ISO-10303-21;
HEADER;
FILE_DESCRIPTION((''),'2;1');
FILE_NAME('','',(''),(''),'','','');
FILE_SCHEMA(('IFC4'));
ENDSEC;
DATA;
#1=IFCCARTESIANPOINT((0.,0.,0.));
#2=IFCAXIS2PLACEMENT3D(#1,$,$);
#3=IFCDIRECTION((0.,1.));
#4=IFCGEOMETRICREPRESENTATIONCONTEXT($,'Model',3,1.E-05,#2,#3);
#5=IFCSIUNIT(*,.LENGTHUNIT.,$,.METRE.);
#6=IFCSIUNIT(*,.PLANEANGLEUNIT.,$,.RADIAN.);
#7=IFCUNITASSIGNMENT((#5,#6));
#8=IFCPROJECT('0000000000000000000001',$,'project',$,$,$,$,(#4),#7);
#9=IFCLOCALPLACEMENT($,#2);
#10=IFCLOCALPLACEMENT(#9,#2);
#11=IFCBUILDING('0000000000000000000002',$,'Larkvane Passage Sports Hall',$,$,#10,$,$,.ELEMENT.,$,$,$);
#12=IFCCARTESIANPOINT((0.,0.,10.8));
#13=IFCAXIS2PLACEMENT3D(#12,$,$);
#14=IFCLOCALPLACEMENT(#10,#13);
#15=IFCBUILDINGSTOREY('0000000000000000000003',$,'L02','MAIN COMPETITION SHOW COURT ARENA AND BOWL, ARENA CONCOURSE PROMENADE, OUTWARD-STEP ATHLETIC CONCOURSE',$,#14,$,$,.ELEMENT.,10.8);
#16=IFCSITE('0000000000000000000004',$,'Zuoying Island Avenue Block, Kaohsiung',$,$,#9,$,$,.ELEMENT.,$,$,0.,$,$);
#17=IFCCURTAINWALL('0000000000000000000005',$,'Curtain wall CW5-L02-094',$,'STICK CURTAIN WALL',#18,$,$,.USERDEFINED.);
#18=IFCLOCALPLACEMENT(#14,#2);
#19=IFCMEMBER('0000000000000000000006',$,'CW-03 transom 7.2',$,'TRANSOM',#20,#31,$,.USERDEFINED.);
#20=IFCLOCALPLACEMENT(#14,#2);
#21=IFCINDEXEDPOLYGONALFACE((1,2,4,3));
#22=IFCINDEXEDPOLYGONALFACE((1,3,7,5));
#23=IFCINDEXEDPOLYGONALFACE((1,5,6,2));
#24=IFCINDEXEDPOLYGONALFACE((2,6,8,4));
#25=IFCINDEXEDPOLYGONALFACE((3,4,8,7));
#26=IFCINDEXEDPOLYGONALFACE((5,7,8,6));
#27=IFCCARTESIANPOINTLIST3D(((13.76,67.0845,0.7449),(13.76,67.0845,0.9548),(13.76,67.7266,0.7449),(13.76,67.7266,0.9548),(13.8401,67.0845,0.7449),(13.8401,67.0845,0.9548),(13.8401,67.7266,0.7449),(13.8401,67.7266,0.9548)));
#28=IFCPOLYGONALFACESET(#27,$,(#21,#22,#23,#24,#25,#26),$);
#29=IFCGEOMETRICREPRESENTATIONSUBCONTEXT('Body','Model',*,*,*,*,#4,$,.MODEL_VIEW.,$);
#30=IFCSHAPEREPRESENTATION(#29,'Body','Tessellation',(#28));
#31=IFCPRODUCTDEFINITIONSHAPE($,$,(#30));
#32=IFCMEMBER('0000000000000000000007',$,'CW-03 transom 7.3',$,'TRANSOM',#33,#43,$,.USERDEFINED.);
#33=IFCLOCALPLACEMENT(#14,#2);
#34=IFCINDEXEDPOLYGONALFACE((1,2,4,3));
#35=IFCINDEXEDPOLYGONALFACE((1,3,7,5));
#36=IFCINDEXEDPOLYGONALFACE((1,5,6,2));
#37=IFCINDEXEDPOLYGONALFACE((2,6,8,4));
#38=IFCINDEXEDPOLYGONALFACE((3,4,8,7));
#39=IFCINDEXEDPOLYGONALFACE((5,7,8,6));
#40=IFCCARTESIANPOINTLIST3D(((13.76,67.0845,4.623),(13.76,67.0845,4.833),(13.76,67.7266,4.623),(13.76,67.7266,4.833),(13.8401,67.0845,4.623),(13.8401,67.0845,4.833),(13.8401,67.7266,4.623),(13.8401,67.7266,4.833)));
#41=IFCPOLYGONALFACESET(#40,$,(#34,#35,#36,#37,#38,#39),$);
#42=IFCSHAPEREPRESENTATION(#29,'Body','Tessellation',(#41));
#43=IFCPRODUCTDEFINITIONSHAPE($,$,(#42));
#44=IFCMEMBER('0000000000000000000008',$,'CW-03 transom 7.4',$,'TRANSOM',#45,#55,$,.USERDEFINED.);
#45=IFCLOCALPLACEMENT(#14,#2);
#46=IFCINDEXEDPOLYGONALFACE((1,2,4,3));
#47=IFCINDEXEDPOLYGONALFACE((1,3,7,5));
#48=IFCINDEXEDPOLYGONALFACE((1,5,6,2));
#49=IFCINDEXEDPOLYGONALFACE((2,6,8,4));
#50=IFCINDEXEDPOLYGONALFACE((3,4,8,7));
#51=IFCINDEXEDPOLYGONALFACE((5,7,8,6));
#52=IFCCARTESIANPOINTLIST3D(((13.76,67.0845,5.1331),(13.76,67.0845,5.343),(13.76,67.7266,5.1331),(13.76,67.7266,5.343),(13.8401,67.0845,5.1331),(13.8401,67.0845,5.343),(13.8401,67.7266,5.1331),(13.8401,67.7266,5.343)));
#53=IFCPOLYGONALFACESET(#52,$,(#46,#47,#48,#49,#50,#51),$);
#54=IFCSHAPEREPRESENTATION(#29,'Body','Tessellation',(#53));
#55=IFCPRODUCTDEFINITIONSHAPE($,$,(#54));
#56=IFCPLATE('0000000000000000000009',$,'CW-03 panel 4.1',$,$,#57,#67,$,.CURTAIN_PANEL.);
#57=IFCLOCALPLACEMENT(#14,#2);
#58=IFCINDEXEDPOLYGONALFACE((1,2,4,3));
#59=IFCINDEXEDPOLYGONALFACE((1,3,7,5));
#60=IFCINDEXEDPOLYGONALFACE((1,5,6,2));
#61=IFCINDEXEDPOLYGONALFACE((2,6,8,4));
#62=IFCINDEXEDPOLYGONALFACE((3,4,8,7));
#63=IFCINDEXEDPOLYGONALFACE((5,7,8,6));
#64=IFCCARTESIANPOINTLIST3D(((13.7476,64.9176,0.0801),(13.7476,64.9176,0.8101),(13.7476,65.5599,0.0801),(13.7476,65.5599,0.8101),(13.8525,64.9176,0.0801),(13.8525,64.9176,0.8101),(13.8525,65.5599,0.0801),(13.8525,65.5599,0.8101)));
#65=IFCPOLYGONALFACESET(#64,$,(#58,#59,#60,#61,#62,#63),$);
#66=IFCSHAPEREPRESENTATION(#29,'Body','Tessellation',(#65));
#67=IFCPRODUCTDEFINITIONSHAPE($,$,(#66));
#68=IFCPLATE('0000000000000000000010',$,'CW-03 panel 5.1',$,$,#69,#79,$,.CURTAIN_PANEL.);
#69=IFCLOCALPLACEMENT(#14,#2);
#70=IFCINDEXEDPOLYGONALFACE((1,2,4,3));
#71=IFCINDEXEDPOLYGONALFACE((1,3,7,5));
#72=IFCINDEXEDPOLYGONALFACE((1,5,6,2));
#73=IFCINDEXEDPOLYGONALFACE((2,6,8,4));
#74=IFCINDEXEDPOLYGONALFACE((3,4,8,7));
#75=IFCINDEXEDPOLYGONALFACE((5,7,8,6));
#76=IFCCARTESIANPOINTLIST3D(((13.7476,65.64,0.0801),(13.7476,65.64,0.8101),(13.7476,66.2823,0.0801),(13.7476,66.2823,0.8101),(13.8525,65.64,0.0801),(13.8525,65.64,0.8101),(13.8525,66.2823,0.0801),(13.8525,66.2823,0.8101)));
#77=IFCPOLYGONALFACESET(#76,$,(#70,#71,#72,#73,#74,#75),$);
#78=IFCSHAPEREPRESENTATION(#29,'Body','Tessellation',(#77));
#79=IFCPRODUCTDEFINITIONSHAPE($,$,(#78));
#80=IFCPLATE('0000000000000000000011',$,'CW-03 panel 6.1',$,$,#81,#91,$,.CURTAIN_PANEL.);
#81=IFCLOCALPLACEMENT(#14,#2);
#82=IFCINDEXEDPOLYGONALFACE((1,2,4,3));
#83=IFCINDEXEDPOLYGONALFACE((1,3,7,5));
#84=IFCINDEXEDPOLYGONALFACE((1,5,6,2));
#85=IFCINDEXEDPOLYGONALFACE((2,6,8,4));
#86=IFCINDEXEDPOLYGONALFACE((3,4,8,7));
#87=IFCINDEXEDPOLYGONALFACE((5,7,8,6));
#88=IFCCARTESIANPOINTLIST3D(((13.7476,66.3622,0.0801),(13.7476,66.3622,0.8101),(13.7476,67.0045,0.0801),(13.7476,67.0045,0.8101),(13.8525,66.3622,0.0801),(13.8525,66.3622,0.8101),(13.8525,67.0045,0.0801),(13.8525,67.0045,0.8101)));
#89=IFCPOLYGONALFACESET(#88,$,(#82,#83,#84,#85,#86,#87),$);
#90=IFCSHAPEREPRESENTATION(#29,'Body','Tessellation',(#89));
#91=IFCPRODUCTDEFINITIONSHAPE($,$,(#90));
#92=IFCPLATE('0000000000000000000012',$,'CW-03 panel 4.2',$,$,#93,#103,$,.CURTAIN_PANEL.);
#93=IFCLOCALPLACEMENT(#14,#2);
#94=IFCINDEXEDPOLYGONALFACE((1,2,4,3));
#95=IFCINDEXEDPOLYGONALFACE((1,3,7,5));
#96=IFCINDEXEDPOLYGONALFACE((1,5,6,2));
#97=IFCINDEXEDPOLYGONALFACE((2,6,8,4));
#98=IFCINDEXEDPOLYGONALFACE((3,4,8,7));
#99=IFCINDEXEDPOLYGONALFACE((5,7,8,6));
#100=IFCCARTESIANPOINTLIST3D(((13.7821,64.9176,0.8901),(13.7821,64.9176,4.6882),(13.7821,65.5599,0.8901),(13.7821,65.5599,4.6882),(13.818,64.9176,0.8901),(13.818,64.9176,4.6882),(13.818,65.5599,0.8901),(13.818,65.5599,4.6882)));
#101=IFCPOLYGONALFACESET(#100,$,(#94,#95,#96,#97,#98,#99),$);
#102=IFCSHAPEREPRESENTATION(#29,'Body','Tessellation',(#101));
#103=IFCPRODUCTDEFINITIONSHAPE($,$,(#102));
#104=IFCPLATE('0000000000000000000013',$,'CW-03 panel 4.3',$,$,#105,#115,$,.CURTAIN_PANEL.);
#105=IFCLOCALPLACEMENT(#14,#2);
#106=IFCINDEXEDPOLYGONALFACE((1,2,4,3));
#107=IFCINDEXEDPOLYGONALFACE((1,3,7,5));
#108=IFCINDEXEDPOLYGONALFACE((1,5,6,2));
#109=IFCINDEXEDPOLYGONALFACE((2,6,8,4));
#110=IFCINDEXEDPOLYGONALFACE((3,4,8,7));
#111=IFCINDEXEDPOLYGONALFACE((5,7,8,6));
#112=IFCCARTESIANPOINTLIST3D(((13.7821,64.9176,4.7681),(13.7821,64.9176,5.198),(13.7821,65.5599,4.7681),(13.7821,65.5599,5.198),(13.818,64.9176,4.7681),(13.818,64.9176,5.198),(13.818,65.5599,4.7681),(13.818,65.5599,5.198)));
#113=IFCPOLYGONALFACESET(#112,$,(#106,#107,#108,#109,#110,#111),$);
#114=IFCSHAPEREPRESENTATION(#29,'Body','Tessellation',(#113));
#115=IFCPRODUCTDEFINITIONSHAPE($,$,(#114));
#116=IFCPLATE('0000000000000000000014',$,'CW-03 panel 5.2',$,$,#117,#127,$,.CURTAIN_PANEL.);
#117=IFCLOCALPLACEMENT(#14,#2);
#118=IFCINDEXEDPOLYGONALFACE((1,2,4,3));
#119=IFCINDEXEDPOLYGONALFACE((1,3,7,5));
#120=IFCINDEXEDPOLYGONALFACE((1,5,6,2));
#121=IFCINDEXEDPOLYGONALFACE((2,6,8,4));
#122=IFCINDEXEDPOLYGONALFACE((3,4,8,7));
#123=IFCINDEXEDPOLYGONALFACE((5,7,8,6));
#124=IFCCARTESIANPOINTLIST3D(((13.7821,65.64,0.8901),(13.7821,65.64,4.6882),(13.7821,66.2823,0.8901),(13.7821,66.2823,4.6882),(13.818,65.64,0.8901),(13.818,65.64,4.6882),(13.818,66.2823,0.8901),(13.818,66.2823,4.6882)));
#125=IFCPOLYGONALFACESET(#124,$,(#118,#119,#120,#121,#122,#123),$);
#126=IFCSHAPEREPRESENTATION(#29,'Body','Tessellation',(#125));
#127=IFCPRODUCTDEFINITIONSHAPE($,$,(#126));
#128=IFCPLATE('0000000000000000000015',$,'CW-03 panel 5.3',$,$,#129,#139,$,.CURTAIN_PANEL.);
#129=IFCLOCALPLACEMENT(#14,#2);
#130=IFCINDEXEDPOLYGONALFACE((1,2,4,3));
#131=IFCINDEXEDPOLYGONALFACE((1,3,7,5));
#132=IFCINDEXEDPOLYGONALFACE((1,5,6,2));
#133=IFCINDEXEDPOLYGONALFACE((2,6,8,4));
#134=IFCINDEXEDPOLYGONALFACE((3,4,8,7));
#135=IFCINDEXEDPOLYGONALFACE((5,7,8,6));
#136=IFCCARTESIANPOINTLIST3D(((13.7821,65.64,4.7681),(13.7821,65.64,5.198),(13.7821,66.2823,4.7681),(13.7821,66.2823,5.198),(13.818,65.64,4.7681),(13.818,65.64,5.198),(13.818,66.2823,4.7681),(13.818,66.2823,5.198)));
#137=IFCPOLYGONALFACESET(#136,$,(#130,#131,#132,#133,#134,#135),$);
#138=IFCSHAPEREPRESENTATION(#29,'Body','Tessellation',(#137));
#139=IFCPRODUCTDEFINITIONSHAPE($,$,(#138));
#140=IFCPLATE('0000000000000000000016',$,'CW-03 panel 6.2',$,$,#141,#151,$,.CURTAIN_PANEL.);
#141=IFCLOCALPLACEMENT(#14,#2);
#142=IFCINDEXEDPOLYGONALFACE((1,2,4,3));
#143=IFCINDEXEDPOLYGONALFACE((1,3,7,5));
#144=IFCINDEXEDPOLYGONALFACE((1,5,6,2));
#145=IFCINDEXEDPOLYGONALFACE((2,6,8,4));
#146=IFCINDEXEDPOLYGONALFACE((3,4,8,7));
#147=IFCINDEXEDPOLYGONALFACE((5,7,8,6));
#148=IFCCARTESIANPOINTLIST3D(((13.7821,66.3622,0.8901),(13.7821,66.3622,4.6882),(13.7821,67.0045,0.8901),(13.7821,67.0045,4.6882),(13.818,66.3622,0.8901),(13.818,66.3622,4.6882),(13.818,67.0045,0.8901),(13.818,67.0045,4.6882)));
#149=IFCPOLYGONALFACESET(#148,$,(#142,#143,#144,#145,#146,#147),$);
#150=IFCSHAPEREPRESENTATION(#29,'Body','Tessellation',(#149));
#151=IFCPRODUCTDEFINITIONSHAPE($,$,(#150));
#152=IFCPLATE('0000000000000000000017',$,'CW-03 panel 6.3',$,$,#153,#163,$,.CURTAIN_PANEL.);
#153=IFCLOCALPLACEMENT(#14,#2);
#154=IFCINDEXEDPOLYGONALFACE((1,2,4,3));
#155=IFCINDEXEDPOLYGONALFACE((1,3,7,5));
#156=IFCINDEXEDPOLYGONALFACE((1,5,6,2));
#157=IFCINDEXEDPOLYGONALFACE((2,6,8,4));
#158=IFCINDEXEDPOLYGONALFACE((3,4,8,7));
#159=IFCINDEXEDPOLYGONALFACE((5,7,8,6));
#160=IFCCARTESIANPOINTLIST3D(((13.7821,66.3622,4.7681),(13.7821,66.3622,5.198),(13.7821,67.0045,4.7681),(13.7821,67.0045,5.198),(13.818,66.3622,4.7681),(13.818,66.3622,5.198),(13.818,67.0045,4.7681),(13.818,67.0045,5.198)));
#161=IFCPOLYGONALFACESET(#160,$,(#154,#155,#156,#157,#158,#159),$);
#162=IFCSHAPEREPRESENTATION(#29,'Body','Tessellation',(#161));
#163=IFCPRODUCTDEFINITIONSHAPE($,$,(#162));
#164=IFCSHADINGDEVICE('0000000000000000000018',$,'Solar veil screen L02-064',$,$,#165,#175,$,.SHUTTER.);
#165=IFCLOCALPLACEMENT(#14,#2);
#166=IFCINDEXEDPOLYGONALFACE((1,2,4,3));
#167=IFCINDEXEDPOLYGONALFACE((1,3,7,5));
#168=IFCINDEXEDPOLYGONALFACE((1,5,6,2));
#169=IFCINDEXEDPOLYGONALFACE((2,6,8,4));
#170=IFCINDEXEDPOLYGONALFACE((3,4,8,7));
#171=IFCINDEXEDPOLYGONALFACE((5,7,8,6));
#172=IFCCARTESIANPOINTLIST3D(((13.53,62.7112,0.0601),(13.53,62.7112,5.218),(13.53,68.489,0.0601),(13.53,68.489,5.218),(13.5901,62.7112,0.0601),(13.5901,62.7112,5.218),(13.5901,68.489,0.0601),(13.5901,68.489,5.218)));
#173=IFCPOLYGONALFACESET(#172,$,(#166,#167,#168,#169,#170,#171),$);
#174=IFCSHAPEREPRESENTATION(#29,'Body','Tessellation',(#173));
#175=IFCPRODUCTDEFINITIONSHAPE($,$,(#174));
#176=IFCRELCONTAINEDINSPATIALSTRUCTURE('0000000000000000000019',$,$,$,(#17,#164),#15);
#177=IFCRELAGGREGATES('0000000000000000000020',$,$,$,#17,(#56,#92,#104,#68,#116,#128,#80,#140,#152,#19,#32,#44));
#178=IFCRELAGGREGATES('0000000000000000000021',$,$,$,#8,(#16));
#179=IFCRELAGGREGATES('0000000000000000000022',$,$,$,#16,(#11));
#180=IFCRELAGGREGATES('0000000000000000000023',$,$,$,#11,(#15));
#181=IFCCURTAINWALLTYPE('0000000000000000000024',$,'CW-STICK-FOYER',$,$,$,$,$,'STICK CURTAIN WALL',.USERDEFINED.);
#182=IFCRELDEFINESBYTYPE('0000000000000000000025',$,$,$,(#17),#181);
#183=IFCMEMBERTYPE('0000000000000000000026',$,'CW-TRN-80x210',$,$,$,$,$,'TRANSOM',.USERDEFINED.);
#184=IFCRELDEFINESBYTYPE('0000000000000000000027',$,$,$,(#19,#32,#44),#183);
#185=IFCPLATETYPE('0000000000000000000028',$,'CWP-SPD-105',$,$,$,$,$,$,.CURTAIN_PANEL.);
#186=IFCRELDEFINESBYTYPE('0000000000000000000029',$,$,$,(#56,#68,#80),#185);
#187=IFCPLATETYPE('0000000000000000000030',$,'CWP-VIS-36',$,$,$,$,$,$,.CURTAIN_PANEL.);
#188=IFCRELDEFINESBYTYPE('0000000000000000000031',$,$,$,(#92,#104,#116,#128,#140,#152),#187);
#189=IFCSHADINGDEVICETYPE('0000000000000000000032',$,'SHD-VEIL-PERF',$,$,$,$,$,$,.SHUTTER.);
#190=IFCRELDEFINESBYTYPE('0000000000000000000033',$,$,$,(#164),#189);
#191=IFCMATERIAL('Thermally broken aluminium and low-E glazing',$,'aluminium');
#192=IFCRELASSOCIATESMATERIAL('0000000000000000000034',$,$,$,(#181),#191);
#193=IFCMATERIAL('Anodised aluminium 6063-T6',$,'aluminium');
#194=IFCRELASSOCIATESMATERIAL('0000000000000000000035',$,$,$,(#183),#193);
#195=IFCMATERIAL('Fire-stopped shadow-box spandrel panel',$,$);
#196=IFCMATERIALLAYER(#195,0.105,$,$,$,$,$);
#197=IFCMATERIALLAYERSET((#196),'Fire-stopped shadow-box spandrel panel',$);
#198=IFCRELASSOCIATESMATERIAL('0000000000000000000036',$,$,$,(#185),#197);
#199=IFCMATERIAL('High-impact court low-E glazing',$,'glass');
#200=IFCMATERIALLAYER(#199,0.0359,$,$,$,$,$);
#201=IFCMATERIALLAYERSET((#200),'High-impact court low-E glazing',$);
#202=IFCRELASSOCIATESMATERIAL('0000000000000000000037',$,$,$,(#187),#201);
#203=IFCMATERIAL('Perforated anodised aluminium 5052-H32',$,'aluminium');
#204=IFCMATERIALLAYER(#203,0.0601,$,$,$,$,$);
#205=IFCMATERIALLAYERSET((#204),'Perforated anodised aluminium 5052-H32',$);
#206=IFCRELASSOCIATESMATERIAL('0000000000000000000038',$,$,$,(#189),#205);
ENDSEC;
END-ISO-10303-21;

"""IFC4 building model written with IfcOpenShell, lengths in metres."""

from ifc_helpers import new_model, si_unit, direction, frame, origin, origin_2d, place, context, subcontext, project, spatial, rectangle, extrude, material, layer, layer_set, material_profile, profile_set, type_object, element, aggregate, save


model = new_model("IFC4")

# Units and contexts
model_context = context("Model", 3, precision=1e-05, world=origin(), true_north=direction((0.0, 1.0)))
body_context = subcontext(model_context, "Body", "Model", "MODEL_VIEW")
ifc_project = project(units=[si_unit("LENGTHUNIT", "METRE"), si_unit("PLANEANGLEUNIT", "RADIAN")], contexts=[model_context])

# Site, building, storey
site_placement = place(None, origin())
site = spatial("IfcSite", under=ifc_project, at=site_placement, Name="Zuoying Island Avenue Block, Kaohsiung", CompositionType="ELEMENT", RefElevation=0.0)
building_placement = place(site_placement, origin())
building = spatial("IfcBuilding", under=site, at=building_placement, Name="Larkvane Passage Sports Hall", CompositionType="ELEMENT")
storey_placement = place(building_placement, frame((0.0, 0.0, 10.8)))
storey = spatial("IfcBuildingStorey", under=building, at=storey_placement, Name="L02", Description="MAIN COMPETITION SHOW COURT ARENA AND BOWL, ARENA CONCOURSE PROMENADE, OUTWARD-STEP ATHLETIC CONCOURSE", CompositionType="ELEMENT", Elevation=10.8)

# Curtain wall, members, plates
ifc_material_1 = material(Name="Thermally broken aluminium and low-E glazing", Category="aluminium")
curtain_wall_type = type_object("IfcCurtainWallType", Name="CW-STICK-FOYER", ElementType="STICK CURTAIN WALL", PredefinedType="USERDEFINED", material=ifc_material_1)
curtain_wall_placement = place(storey_placement, origin())
curtain_wall = element("IfcCurtainWall", 1, at=curtain_wall_placement, inside=storey, type_object=curtain_wall_type, Name="Curtain wall CW5-L02-094", ObjectType="STICK CURTAIN WALL", PredefinedType="USERDEFINED")
ifc_material_2 = material(Name="Anodised aluminium 6063-T6", Category="aluminium")
ifc_material_profile_1 = material_profile(ifc_material_2, rectangle(XDim=0.0801, YDim=0.21, at=origin_2d()), Name="ALU-TRN-80x210")
ifc_profile_set_1 = profile_set([ifc_material_profile_1], Name="Anodised aluminium 6063-T6")
member_type_1 = type_object("IfcMemberType", Name="CW-TRN-80x210", ElementType="TRANSOM", PredefinedType="USERDEFINED", material=ifc_profile_set_1)
member_1_placement = place(storey_placement, frame((13.8, 67.0845, 0.8499), z_axis=(0.0, 1.0, 0.0), x_axis=(-1.0, 0.0, 0.0)))
member_1 = element("IfcMember", 2, at=member_1_placement, type_object=member_type_1, Name="CW-03 transom 7.2", ObjectType="TRANSOM", PredefinedType="USERDEFINED", context=body_context, shape_type="SweptSolid", body=[
    extrude(rectangle(XDim=0.0801, YDim=0.21, at=origin_2d()), origin(), (0.0, 0.0, 1.0), 0.6421),
])
member_2_placement = place(storey_placement, frame((13.8, 67.0845, 4.728), z_axis=(0.0, 1.0, 0.0), x_axis=(-1.0, 0.0, 0.0)))
member_2 = element("IfcMember", 3, at=member_2_placement, type_object=member_type_1, Name="CW-03 transom 7.3", ObjectType="TRANSOM", PredefinedType="USERDEFINED", context=body_context, shape_type="SweptSolid", body=[
    extrude(rectangle(XDim=0.0801, YDim=0.21, at=origin_2d()), origin(), (0.0, 0.0, 1.0), 0.6421),
])
member_3_placement = place(storey_placement, frame((13.8, 67.0845, 5.238), z_axis=(0.0, 1.0, 0.0), x_axis=(-1.0, 0.0, 0.0)))
member_3 = element("IfcMember", 4, at=member_3_placement, type_object=member_type_1, Name="CW-03 transom 7.4", ObjectType="TRANSOM", PredefinedType="USERDEFINED", context=body_context, shape_type="SweptSolid", body=[
    extrude(rectangle(XDim=0.0801, YDim=0.21, at=origin_2d()), origin(), (0.0, 0.0, 1.0), 0.6421),
])
ifc_material_3 = material(Name="Fire-stopped shadow-box spandrel panel")
ifc_layer_1 = layer(ifc_material_3, 0.105)
ifc_layer_set_1 = layer_set([ifc_layer_1], Name="Fire-stopped shadow-box spandrel panel")
plate_type_1 = type_object("IfcPlateType", Name="CWP-SPD-105", PredefinedType="CURTAIN_PANEL", material=ifc_layer_set_1)
plate_1_placement = place(storey_placement, frame((13.8, 65.2388, 0.0801), z_axis=(0.0, 0.0, 1.0), x_axis=(0.0, 1.0, 0.0)))
plate_1 = element("IfcPlate", 5, at=plate_1_placement, type_object=plate_type_1, Name="CW-03 panel 4.1", PredefinedType="CURTAIN_PANEL", context=body_context, shape_type="SweptSolid", body=[
    extrude(rectangle(XDim=0.6423, YDim=0.105, at=origin_2d()), origin(), (0.0, 0.0, 1.0), 0.73),
])
plate_2_placement = place(storey_placement, frame((13.8, 65.9612, 0.0801), z_axis=(0.0, 0.0, 1.0), x_axis=(0.0, 1.0, 0.0)))
plate_2 = element("IfcPlate", 6, at=plate_2_placement, type_object=plate_type_1, Name="CW-03 panel 5.1", PredefinedType="CURTAIN_PANEL", context=body_context, shape_type="SweptSolid", body=[
    extrude(rectangle(XDim=0.6423, YDim=0.105, at=origin_2d()), origin(), (0.0, 0.0, 1.0), 0.73),
])
plate_3_placement = place(storey_placement, frame((13.8, 66.6833, 0.0801), z_axis=(0.0, 0.0, 1.0), x_axis=(0.0, 1.0, 0.0)))
plate_3 = element("IfcPlate", 7, at=plate_3_placement, type_object=plate_type_1, Name="CW-03 panel 6.1", PredefinedType="CURTAIN_PANEL", context=body_context, shape_type="SweptSolid", body=[
    extrude(rectangle(XDim=0.6423, YDim=0.105, at=origin_2d()), origin(), (0.0, 0.0, 1.0), 0.73),
])
ifc_material_4 = material(Name="High-impact court low-E glazing", Category="glass")
ifc_layer_2 = layer(ifc_material_4, 0.0359)
ifc_layer_set_2 = layer_set([ifc_layer_2], Name="High-impact court low-E glazing")
plate_type_2 = type_object("IfcPlateType", Name="CWP-VIS-36", PredefinedType="CURTAIN_PANEL", material=ifc_layer_set_2)
plate_4_placement = place(storey_placement, frame((13.8, 65.2388, 0.8901), z_axis=(0.0, 0.0, 1.0), x_axis=(0.0, 1.0, 0.0)))
plate_4 = element("IfcPlate", 8, at=plate_4_placement, type_object=plate_type_2, Name="CW-03 panel 4.2", PredefinedType="CURTAIN_PANEL", context=body_context, shape_type="SweptSolid", body=[
    extrude(rectangle(XDim=0.6423, YDim=0.0359, at=origin_2d()), origin(), (0.0, 0.0, 1.0), 3.7981),
])
plate_5_placement = place(storey_placement, frame((13.8, 65.2388, 4.7681), z_axis=(0.0, 0.0, 1.0), x_axis=(0.0, 1.0, 0.0)))
plate_5 = element("IfcPlate", 9, at=plate_5_placement, type_object=plate_type_2, Name="CW-03 panel 4.3", PredefinedType="CURTAIN_PANEL", context=body_context, shape_type="SweptSolid", body=[
    extrude(rectangle(XDim=0.6423, YDim=0.0359, at=origin_2d()), origin(), (0.0, 0.0, 1.0), 0.4299),
])
plate_6_placement = place(storey_placement, frame((13.8, 65.9612, 0.8901), z_axis=(0.0, 0.0, 1.0), x_axis=(0.0, 1.0, 0.0)))
plate_6 = element("IfcPlate", 10, at=plate_6_placement, type_object=plate_type_2, Name="CW-03 panel 5.2", PredefinedType="CURTAIN_PANEL", context=body_context, shape_type="SweptSolid", body=[
    extrude(rectangle(XDim=0.6423, YDim=0.0359, at=origin_2d()), origin(), (0.0, 0.0, 1.0), 3.7981),
])
plate_7_placement = place(storey_placement, frame((13.8, 65.9612, 4.7681), z_axis=(0.0, 0.0, 1.0), x_axis=(0.0, 1.0, 0.0)))
plate_7 = element("IfcPlate", 11, at=plate_7_placement, type_object=plate_type_2, Name="CW-03 panel 5.3", PredefinedType="CURTAIN_PANEL", context=body_context, shape_type="SweptSolid", body=[
    extrude(rectangle(XDim=0.6423, YDim=0.0359, at=origin_2d()), origin(), (0.0, 0.0, 1.0), 0.4299),
])
plate_8_placement = place(storey_placement, frame((13.8, 66.6833, 0.8901), z_axis=(0.0, 0.0, 1.0), x_axis=(0.0, 1.0, 0.0)))
plate_8 = element("IfcPlate", 12, at=plate_8_placement, type_object=plate_type_2, Name="CW-03 panel 6.2", PredefinedType="CURTAIN_PANEL", context=body_context, shape_type="SweptSolid", body=[
    extrude(rectangle(XDim=0.6423, YDim=0.0359, at=origin_2d()), origin(), (0.0, 0.0, 1.0), 3.7981),
])
plate_9_placement = place(storey_placement, frame((13.8, 66.6833, 4.7681), z_axis=(0.0, 0.0, 1.0), x_axis=(0.0, 1.0, 0.0)))
plate_9 = element("IfcPlate", 13, at=plate_9_placement, type_object=plate_type_2, Name="CW-03 panel 6.3", PredefinedType="CURTAIN_PANEL", context=body_context, shape_type="SweptSolid", body=[
    extrude(rectangle(XDim=0.6423, YDim=0.0359, at=origin_2d()), origin(), (0.0, 0.0, 1.0), 0.4299),
])
aggregate(curtain_wall, [plate_1, plate_4, plate_5, plate_2, plate_6, plate_7, plate_3, plate_8, plate_9, member_1, member_2, member_3])

# Shading device
ifc_material_5 = material(Name="Perforated anodised aluminium 5052-H32", Category="aluminium")
ifc_layer_3 = layer(ifc_material_5, 0.0601)
ifc_layer_set_3 = layer_set([ifc_layer_3], Name="Perforated anodised aluminium 5052-H32")
shading_device_type = type_object("IfcShadingDeviceType", Name="SHD-VEIL-PERF", PredefinedType="SHUTTER", material=ifc_layer_set_3)
shading_device_placement = place(storey_placement, frame((13.5601, 65.6001, 0.0601), z_axis=(0.0, 0.0, 1.0), x_axis=(0.0, 1.0, 0.0)))
element("IfcShadingDevice", 14, at=shading_device_placement, inside=storey, type_object=shading_device_type, Name="Solar veil screen L02-064", PredefinedType="SHUTTER", context=body_context, shape_type="SweptSolid", body=[
    extrude(rectangle(XDim=5.7778, YDim=0.0601, at=origin_2d()), origin(), (0.0, 0.0, 1.0), 5.158),
])

save(model, "model.ifc")
